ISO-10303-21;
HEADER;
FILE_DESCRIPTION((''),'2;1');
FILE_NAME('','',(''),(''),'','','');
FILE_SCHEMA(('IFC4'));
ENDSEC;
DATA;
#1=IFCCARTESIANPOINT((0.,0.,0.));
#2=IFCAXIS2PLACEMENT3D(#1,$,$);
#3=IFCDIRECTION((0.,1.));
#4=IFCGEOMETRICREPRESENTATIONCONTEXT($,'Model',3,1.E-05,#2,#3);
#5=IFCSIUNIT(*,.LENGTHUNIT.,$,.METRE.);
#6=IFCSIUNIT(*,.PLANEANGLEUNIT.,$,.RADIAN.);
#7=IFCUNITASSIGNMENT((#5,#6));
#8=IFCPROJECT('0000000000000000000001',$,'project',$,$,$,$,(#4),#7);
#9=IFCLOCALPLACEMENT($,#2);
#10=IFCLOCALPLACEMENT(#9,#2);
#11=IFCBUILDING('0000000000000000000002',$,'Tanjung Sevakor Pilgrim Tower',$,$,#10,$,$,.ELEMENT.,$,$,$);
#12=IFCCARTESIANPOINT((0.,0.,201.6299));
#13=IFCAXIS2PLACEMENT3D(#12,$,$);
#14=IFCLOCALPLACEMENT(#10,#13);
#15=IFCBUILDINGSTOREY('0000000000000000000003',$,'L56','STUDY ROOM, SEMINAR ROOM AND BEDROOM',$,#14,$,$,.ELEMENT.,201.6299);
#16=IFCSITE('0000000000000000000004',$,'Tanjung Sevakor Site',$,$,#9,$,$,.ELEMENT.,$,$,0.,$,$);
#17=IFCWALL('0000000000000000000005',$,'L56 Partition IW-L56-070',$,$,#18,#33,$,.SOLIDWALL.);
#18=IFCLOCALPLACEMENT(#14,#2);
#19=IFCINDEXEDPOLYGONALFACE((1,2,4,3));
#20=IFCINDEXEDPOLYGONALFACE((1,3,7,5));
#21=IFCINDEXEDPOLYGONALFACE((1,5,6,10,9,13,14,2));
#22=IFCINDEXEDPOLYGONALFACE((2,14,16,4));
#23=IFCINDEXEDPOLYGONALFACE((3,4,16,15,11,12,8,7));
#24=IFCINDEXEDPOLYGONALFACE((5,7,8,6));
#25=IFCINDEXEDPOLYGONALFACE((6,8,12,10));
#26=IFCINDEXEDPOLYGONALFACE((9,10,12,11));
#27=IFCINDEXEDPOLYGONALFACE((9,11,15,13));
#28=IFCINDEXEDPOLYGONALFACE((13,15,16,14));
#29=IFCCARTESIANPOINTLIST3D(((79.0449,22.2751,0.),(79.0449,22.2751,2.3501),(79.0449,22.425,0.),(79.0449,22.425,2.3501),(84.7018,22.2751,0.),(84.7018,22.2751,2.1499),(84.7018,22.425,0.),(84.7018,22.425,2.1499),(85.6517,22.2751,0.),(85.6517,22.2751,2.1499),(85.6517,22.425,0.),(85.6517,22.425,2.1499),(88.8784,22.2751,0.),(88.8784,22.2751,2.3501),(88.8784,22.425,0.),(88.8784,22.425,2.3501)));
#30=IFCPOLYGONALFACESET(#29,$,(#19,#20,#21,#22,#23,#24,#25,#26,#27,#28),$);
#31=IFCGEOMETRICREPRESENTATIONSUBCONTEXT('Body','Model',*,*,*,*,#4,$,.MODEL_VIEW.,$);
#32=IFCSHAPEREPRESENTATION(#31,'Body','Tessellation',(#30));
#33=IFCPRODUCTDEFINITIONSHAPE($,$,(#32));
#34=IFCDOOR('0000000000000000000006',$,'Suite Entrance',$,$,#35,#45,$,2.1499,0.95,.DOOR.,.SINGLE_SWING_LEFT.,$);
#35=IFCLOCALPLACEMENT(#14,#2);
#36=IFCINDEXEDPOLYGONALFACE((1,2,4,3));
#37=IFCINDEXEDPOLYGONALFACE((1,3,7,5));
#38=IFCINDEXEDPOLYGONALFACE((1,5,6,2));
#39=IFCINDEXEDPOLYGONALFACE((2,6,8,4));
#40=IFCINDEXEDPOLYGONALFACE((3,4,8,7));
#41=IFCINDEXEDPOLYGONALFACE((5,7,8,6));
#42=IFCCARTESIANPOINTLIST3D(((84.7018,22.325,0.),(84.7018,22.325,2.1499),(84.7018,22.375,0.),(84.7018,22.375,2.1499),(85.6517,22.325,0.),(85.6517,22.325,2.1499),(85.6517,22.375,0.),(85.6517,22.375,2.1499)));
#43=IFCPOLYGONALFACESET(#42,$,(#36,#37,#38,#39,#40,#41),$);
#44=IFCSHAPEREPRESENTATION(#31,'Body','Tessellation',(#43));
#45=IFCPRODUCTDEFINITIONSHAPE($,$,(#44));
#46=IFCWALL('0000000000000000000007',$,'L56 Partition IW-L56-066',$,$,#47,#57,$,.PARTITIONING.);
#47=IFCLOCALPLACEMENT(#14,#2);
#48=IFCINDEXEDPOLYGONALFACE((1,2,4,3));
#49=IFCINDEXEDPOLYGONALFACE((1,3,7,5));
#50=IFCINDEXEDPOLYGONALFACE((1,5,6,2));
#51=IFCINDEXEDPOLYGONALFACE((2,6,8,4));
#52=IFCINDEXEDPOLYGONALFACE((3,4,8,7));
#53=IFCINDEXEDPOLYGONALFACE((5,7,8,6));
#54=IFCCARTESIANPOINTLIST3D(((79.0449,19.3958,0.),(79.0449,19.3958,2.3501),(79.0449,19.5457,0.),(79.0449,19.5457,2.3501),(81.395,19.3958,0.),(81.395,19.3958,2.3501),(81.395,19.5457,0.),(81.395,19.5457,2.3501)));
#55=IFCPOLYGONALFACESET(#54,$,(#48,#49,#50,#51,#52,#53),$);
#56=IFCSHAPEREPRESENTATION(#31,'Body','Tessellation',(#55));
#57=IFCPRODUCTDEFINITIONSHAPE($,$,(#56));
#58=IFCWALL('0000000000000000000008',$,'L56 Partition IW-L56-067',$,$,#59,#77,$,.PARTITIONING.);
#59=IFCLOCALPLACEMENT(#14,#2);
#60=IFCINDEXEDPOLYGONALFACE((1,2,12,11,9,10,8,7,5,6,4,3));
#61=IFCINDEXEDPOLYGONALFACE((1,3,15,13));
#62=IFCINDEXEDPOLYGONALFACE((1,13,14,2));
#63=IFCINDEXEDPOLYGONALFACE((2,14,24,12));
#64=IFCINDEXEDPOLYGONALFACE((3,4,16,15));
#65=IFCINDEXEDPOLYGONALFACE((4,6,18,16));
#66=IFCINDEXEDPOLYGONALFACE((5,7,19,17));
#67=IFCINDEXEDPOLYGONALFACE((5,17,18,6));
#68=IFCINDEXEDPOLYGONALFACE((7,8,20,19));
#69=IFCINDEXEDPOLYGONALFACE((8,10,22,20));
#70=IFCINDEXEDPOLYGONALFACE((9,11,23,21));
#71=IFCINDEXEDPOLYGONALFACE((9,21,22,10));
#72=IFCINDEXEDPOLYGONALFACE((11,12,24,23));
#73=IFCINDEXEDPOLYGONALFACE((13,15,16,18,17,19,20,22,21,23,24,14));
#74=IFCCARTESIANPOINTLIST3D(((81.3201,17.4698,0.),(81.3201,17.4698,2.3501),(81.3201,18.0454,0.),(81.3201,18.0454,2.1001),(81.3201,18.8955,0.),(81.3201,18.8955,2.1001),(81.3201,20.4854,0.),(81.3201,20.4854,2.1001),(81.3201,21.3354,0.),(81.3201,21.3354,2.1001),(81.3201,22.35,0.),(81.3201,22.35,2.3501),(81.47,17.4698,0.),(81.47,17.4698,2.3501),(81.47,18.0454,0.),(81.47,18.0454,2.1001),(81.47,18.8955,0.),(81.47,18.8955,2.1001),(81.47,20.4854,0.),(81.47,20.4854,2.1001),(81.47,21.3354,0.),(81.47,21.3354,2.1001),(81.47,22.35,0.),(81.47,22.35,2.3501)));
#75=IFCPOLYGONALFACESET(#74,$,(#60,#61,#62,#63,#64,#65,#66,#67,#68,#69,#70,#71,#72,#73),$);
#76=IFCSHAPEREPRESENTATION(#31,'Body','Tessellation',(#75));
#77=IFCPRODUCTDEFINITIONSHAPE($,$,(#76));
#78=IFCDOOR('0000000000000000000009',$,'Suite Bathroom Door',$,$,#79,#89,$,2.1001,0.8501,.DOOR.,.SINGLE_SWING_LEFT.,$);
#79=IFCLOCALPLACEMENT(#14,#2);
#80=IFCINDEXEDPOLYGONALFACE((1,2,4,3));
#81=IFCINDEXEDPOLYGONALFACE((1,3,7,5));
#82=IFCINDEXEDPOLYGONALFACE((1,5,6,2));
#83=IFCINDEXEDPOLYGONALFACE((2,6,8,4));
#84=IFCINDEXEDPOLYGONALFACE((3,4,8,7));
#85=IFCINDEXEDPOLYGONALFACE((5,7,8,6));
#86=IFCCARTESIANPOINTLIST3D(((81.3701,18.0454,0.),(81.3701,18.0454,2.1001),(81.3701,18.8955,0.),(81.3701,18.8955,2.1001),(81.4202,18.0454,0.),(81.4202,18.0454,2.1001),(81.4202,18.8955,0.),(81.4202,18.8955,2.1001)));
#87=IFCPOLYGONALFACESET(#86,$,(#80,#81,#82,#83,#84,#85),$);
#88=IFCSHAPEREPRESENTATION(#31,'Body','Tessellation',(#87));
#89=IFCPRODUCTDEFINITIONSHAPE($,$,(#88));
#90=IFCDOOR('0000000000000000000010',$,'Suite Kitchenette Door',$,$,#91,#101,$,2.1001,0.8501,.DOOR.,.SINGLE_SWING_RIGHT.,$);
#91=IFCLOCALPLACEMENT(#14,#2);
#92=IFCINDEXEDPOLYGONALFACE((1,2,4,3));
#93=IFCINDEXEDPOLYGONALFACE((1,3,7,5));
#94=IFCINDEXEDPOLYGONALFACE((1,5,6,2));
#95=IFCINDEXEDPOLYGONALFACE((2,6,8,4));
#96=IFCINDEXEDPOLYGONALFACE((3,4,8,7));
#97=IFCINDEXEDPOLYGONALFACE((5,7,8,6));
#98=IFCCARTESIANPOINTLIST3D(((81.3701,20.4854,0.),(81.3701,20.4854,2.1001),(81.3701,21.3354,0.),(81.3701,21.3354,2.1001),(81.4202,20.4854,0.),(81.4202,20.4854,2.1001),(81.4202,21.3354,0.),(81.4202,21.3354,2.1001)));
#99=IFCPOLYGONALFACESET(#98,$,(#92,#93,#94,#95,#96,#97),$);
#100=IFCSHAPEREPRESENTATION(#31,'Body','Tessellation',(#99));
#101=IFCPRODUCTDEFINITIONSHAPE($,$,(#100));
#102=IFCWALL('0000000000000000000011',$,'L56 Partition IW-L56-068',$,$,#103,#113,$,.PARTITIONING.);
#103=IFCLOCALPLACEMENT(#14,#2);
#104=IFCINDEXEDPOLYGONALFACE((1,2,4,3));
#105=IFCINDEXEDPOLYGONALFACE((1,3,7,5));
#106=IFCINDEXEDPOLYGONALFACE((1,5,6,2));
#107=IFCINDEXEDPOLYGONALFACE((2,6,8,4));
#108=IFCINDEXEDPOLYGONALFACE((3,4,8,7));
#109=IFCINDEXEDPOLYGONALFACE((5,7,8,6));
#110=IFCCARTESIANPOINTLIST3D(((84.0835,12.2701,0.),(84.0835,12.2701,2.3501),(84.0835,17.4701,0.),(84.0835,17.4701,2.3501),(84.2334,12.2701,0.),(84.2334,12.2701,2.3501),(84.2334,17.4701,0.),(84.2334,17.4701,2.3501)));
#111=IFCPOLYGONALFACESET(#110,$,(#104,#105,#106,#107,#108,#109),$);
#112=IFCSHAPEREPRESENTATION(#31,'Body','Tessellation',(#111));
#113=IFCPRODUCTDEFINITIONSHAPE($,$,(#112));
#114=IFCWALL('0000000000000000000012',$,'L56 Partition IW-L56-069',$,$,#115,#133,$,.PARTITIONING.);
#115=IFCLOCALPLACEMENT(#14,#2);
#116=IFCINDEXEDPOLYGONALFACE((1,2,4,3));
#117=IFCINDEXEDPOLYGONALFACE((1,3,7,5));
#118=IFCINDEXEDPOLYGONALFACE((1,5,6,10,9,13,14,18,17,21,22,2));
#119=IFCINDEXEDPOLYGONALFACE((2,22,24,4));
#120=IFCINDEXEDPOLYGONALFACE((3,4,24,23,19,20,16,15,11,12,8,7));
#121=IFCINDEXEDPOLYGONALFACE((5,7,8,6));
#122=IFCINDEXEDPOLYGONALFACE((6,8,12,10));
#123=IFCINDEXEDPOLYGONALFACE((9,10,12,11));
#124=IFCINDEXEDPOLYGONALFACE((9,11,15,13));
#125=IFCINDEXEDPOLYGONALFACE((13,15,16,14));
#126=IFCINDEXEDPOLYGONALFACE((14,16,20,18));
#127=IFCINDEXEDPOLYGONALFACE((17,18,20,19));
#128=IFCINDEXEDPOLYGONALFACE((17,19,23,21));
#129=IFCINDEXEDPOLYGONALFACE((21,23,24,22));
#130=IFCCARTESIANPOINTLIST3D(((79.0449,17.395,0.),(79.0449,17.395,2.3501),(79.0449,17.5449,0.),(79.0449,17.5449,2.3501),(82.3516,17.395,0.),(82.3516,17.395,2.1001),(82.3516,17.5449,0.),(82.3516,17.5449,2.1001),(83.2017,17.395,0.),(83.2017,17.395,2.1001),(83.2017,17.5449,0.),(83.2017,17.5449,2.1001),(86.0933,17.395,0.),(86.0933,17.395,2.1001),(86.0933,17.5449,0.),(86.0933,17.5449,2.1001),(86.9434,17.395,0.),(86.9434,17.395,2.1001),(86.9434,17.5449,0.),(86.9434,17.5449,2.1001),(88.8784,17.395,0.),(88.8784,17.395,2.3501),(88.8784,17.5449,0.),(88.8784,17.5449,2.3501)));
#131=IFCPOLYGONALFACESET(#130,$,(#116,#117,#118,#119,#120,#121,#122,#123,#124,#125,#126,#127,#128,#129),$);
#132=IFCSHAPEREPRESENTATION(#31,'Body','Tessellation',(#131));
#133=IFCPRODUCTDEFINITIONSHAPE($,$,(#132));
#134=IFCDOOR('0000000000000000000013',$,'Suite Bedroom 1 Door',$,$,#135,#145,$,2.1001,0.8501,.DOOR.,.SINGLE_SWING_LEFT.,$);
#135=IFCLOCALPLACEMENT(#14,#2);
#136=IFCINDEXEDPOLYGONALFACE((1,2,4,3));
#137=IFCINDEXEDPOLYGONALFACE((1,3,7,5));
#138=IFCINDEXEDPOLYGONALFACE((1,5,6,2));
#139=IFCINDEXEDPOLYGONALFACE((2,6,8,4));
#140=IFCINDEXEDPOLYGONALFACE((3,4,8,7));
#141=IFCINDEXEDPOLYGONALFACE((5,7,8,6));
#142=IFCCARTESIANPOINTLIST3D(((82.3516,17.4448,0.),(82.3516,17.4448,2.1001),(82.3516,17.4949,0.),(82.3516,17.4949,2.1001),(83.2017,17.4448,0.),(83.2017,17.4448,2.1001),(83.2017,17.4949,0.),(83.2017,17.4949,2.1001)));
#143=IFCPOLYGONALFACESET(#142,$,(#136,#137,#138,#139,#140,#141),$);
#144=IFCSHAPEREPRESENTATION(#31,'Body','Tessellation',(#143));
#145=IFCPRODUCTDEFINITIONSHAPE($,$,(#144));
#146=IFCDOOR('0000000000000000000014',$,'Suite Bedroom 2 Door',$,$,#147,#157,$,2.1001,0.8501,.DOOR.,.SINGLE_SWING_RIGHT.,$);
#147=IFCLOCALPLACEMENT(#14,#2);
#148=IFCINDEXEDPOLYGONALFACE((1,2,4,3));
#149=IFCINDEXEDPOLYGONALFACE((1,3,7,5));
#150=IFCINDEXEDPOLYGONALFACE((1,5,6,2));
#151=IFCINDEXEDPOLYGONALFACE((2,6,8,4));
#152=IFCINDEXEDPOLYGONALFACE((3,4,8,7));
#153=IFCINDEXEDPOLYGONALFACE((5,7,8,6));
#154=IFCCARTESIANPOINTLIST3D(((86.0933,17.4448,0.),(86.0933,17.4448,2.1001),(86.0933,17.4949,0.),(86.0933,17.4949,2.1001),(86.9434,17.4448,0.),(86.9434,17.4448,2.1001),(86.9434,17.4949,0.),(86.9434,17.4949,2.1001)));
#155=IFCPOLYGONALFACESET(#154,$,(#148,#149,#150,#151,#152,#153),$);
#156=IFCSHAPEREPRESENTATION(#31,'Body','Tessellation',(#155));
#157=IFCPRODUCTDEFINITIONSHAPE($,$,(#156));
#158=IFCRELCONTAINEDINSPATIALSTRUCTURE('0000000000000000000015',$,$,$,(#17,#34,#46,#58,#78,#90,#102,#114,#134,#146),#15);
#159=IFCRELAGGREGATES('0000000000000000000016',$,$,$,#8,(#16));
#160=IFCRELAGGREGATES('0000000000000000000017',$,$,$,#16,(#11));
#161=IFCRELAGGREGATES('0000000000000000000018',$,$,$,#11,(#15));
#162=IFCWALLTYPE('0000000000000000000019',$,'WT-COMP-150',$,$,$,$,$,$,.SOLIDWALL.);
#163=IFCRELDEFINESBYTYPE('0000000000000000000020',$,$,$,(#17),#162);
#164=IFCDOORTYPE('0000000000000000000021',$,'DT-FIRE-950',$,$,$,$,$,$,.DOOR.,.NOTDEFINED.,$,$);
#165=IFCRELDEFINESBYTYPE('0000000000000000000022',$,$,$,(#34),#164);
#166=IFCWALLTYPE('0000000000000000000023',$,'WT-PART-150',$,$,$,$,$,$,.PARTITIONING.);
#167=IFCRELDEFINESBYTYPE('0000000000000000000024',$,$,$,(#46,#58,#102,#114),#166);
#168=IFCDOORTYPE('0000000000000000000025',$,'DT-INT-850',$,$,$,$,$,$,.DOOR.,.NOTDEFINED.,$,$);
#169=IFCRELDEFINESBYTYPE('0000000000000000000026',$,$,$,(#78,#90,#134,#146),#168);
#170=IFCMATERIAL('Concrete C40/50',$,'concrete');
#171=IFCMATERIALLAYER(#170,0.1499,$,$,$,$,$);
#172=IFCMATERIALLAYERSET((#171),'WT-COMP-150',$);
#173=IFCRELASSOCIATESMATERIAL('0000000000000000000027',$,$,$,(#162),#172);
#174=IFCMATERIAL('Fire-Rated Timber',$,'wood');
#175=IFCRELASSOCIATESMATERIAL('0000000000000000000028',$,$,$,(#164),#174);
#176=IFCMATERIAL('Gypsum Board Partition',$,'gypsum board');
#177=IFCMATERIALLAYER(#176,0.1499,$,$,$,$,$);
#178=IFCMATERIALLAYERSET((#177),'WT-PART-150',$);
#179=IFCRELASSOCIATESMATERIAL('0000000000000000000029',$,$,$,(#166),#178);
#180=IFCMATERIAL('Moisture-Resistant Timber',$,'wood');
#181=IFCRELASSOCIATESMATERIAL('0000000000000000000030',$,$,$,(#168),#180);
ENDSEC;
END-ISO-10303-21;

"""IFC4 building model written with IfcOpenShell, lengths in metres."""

from ifc_helpers import new_model, si_unit, direction, frame, frame_2d, origin, place, context, subcontext, project, spatial, rectangle, extrude, material, layer, layer_set, type_object, element, fill, save


model = new_model("IFC4")

# Units and contexts
model_context = context("Model", 3, precision=1e-05, world=origin(), true_north=direction((0.0, 1.0)))
body_context = subcontext(model_context, "Body", "Model", "MODEL_VIEW")
ifc_project = project(units=[si_unit("LENGTHUNIT", "METRE"), si_unit("PLANEANGLEUNIT", "RADIAN")], contexts=[model_context])

# Site, building, storey
site_placement = place(None, origin())
site = spatial("IfcSite", under=ifc_project, at=site_placement, Name="Tanjung Sevakor Site", CompositionType="ELEMENT", RefElevation=0.0)
building_placement = place(site_placement, origin())
building = spatial("IfcBuilding", under=site, at=building_placement, Name="Tanjung Sevakor Pilgrim Tower", CompositionType="ELEMENT")
storey_placement = place(building_placement, frame((0.0, 0.0, 201.6299)))
storey = spatial("IfcBuildingStorey", under=building, at=storey_placement, Name="L56", Description="STUDY ROOM, SEMINAR ROOM AND BEDROOM", CompositionType="ELEMENT", Elevation=201.6299)

# Shared definitions
ifc_material_1 = material(Name="Concrete C40/50", Category="concrete")
ifc_layer_1 = layer(ifc_material_1, 0.1499)
ifc_layer_set_1 = layer_set([ifc_layer_1], Name="WT-COMP-150")
wall_type_1 = type_object("IfcWallType", Name="WT-COMP-150", PredefinedType="SOLIDWALL", material=ifc_layer_set_1)

# Wall, opening, door
wall_1_placement = place(storey_placement, frame((79.0449, 22.3501, 0.0), z_axis=(0.0, 0.0, 1.0), x_axis=(1.0, 0.0, 0.0)))
wall_1 = element("IfcWall", 1, at=wall_1_placement, inside=storey, type_object=wall_type_1, Name="L56 Partition IW-L56-070", PredefinedType="SOLIDWALL", context=body_context, shape_type="SweptSolid", body=[
    extrude(rectangle(XDim=9.8335, YDim=0.1499, at=frame_2d((4.9167, 0.0))), origin(), (0.0, 0.0, 1.0), 2.3501),
])
opening_1_placement = place(wall_1_placement, frame((5.6567, 0.0, 0.0)))
opening_1 = element("IfcOpeningElement", 2, at=opening_1_placement, cuts=wall_1, PredefinedType="OPENING", context=body_context, shape_type="SweptSolid", body=[
    extrude(rectangle(XDim=0.95, YDim=2.1499, at=frame_2d((0.4751, 1.075))), frame((0.0, 0.085, 0.0), z_axis=(0.0, -1.0, 0.0), x_axis=(1.0, 0.0, 0.0)), (0.0, 0.0, 1.0), 0.1699),
])
ifc_material_2 = material(Name="Fire-Rated Timber", Category="wood")
door_type_1 = type_object("IfcDoorType", Name="DT-FIRE-950", OperationType="NOTDEFINED", PredefinedType="DOOR", material=ifc_material_2)
door_1_placement = place(opening_1_placement, origin())
door_1 = element("IfcDoor", 3, at=door_1_placement, inside=storey, type_object=door_type_1, Name="Suite Entrance", OperationType="SINGLE_SWING_LEFT", OverallHeight=2.1499, OverallWidth=0.95, PredefinedType="DOOR", context=body_context, shape_type="SweptSolid", body=[
    extrude(rectangle(XDim=0.95, YDim=2.1499, at=frame_2d((0.4751, 1.075))), frame((0.0, 0.0249, 0.0), z_axis=(0.0, -1.0, 0.0), x_axis=(1.0, 0.0, 0.0)), (0.0, 0.0, 1.0), 0.05),
])
fill(opening_1, door_1)

# Wall
ifc_material_3 = material(Name="Gypsum Board Partition", Category="gypsum board")
ifc_layer_2 = layer(ifc_material_3, 0.1499)
ifc_layer_set_2 = layer_set([ifc_layer_2], Name="WT-PART-150")
wall_type_2 = type_object("IfcWallType", Name="WT-PART-150", PredefinedType="PARTITIONING", material=ifc_layer_set_2)
wall_2_placement = place(storey_placement, frame((79.0449, 19.4707, 0.0), z_axis=(0.0, 0.0, 1.0), x_axis=(1.0, 0.0, 0.0)))
element("IfcWall", 4, at=wall_2_placement, inside=storey, type_object=wall_type_2, Name="L56 Partition IW-L56-066", PredefinedType="PARTITIONING", context=body_context, shape_type="SweptSolid", body=[
    extrude(rectangle(XDim=2.3501, YDim=0.1499, at=frame_2d((1.175, 0.0))), origin(), (0.0, 0.0, 1.0), 2.3501),
])

# Wall, openings, doors
wall_3_placement = place(storey_placement, frame((81.395, 17.47, 0.0), z_axis=(0.0, 0.0, 1.0), x_axis=(0.0, 1.0, 0.0)))
wall_3 = element("IfcWall", 5, at=wall_3_placement, inside=storey, type_object=wall_type_2, Name="L56 Partition IW-L56-067", PredefinedType="PARTITIONING", context=body_context, shape_type="SweptSolid", body=[
    extrude(rectangle(XDim=4.8801, YDim=0.1499, at=frame_2d((2.4399, 0.0))), origin(), (0.0, 0.0, 1.0), 2.3501),
])
opening_2_placement = place(wall_3_placement, frame((0.5754, 0.0, 0.0)))
opening_2 = element("IfcOpeningElement", 6, at=opening_2_placement, cuts=wall_3, PredefinedType="OPENING", context=body_context, shape_type="SweptSolid", body=[
    extrude(rectangle(XDim=0.8501, YDim=2.1001, at=frame_2d((0.425, 1.05))), frame((0.0, 0.085, 0.0), z_axis=(0.0, -1.0, 0.0), x_axis=(1.0, 0.0, 0.0)), (0.0, 0.0, 1.0), 0.1699),
])
opening_3_placement = place(wall_3_placement, frame((3.0154, 0.0, 0.0)))
opening_3 = element("IfcOpeningElement", 7, at=opening_3_placement, cuts=wall_3, PredefinedType="OPENING", context=body_context, shape_type="SweptSolid", body=[
    extrude(rectangle(XDim=0.8501, YDim=2.1001, at=frame_2d((0.425, 1.05))), frame((0.0, 0.085, 0.0), z_axis=(0.0, -1.0, 0.0), x_axis=(1.0, 0.0, 0.0)), (0.0, 0.0, 1.0), 0.1699),
])
ifc_material_4 = material(Name="Moisture-Resistant Timber", Category="wood")
door_type_2 = type_object("IfcDoorType", Name="DT-INT-850", OperationType="NOTDEFINED", PredefinedType="DOOR", material=ifc_material_4)
door_2_placement = place(opening_2_placement, origin())
door_2 = element("IfcDoor", 8, at=door_2_placement, inside=storey, type_object=door_type_2, Name="Suite Bathroom Door", OperationType="SINGLE_SWING_LEFT", OverallHeight=2.1001, OverallWidth=0.8501, PredefinedType="DOOR", context=body_context, shape_type="SweptSolid", body=[
    extrude(rectangle(XDim=0.8501, YDim=2.1001, at=frame_2d((0.425, 1.05))), frame((0.0, 0.0249, 0.0), z_axis=(0.0, -1.0, 0.0), x_axis=(1.0, 0.0, 0.0)), (0.0, 0.0, 1.0), 0.05),
])
fill(opening_2, door_2)
door_3_placement = place(opening_3_placement, origin())
door_3 = element("IfcDoor", 9, at=door_3_placement, inside=storey, type_object=door_type_2, Name="Suite Kitchenette Door", OperationType="SINGLE_SWING_RIGHT", OverallHeight=2.1001, OverallWidth=0.8501, PredefinedType="DOOR", context=body_context, shape_type="SweptSolid", body=[
    extrude(rectangle(XDim=0.8501, YDim=2.1001, at=frame_2d((0.425, 1.05))), frame((0.0, 0.0249, 0.0), z_axis=(0.0, -1.0, 0.0), x_axis=(1.0, 0.0, 0.0)), (0.0, 0.0, 1.0), 0.05),
])
fill(opening_3, door_3)

# Wall
wall_4_placement = place(storey_placement, frame((84.1584, 12.27, 0.0), z_axis=(0.0, 0.0, 1.0), x_axis=(0.0, 1.0, 0.0)))
element("IfcWall", 10, at=wall_4_placement, inside=storey, type_object=wall_type_2, Name="L56 Partition IW-L56-068", PredefinedType="PARTITIONING", context=body_context, shape_type="SweptSolid", body=[
    extrude(rectangle(XDim=5.2, YDim=0.1499, at=frame_2d((2.6001, 0.0))), origin(), (0.0, 0.0, 1.0), 2.3501),
])

# Wall, openings, doors
wall_5_placement = place(storey_placement, frame((79.0449, 17.47, 0.0), z_axis=(0.0, 0.0, 1.0), x_axis=(1.0, 0.0, 0.0)))
wall_5 = element("IfcWall", 11, at=wall_5_placement, inside=storey, type_object=wall_type_2, Name="L56 Partition IW-L56-069", PredefinedType="PARTITIONING", context=body_context, shape_type="SweptSolid", body=[
    extrude(rectangle(XDim=9.8335, YDim=0.1499, at=frame_2d((4.9167, 0.0))), origin(), (0.0, 0.0, 1.0), 2.3501),
])
opening_4_placement = place(wall_5_placement, frame((3.3066, 0.0, 0.0)))
opening_4 = element("IfcOpeningElement", 12, at=opening_4_placement, cuts=wall_5, PredefinedType="OPENING", context=body_context, shape_type="SweptSolid", body=[
    extrude(rectangle(XDim=0.8501, YDim=2.1001, at=frame_2d((0.425, 1.05))), frame((0.0, 0.085, 0.0), z_axis=(0.0, -1.0, 0.0), x_axis=(1.0, 0.0, 0.0)), (0.0, 0.0, 1.0), 0.1699),
])
opening_5_placement = place(wall_5_placement, frame((7.0483, 0.0, 0.0)))
opening_5 = element("IfcOpeningElement", 13, at=opening_5_placement, cuts=wall_5, PredefinedType="OPENING", context=body_context, shape_type="SweptSolid", body=[
    extrude(rectangle(XDim=0.8501, YDim=2.1001, at=frame_2d((0.425, 1.05))), frame((0.0, 0.085, 0.0), z_axis=(0.0, -1.0, 0.0), x_axis=(1.0, 0.0, 0.0)), (0.0, 0.0, 1.0), 0.1699),
])
door_4_placement = place(opening_4_placement, origin())
door_4 = element("IfcDoor", 14, at=door_4_placement, inside=storey, type_object=door_type_2, Name="Suite Bedroom 1 Door", OperationType="SINGLE_SWING_LEFT", OverallHeight=2.1001, OverallWidth=0.8501, PredefinedType="DOOR", context=body_context, shape_type="SweptSolid", body=[
    extrude(rectangle(XDim=0.8501, YDim=2.1001, at=frame_2d((0.425, 1.05))), frame((0.0, 0.0249, 0.0), z_axis=(0.0, -1.0, 0.0), x_axis=(1.0, 0.0, 0.0)), (0.0, 0.0, 1.0), 0.05),
])
fill(opening_4, door_4)
door_5_placement = place(opening_5_placement, origin())
door_5 = element("IfcDoor", 15, at=door_5_placement, inside=storey, type_object=door_type_2, Name="Suite Bedroom 2 Door", OperationType="SINGLE_SWING_RIGHT", OverallHeight=2.1001, OverallWidth=0.8501, PredefinedType="DOOR", context=body_context, shape_type="SweptSolid", body=[
    extrude(rectangle(XDim=0.8501, YDim=2.1001, at=frame_2d((0.425, 1.05))), frame((0.0, 0.0249, 0.0), z_axis=(0.0, -1.0, 0.0), x_axis=(1.0, 0.0, 0.0)), (0.0, 0.0, 1.0), 0.05),
])
fill(opening_5, door_5)

save(model, "model.ifc")
